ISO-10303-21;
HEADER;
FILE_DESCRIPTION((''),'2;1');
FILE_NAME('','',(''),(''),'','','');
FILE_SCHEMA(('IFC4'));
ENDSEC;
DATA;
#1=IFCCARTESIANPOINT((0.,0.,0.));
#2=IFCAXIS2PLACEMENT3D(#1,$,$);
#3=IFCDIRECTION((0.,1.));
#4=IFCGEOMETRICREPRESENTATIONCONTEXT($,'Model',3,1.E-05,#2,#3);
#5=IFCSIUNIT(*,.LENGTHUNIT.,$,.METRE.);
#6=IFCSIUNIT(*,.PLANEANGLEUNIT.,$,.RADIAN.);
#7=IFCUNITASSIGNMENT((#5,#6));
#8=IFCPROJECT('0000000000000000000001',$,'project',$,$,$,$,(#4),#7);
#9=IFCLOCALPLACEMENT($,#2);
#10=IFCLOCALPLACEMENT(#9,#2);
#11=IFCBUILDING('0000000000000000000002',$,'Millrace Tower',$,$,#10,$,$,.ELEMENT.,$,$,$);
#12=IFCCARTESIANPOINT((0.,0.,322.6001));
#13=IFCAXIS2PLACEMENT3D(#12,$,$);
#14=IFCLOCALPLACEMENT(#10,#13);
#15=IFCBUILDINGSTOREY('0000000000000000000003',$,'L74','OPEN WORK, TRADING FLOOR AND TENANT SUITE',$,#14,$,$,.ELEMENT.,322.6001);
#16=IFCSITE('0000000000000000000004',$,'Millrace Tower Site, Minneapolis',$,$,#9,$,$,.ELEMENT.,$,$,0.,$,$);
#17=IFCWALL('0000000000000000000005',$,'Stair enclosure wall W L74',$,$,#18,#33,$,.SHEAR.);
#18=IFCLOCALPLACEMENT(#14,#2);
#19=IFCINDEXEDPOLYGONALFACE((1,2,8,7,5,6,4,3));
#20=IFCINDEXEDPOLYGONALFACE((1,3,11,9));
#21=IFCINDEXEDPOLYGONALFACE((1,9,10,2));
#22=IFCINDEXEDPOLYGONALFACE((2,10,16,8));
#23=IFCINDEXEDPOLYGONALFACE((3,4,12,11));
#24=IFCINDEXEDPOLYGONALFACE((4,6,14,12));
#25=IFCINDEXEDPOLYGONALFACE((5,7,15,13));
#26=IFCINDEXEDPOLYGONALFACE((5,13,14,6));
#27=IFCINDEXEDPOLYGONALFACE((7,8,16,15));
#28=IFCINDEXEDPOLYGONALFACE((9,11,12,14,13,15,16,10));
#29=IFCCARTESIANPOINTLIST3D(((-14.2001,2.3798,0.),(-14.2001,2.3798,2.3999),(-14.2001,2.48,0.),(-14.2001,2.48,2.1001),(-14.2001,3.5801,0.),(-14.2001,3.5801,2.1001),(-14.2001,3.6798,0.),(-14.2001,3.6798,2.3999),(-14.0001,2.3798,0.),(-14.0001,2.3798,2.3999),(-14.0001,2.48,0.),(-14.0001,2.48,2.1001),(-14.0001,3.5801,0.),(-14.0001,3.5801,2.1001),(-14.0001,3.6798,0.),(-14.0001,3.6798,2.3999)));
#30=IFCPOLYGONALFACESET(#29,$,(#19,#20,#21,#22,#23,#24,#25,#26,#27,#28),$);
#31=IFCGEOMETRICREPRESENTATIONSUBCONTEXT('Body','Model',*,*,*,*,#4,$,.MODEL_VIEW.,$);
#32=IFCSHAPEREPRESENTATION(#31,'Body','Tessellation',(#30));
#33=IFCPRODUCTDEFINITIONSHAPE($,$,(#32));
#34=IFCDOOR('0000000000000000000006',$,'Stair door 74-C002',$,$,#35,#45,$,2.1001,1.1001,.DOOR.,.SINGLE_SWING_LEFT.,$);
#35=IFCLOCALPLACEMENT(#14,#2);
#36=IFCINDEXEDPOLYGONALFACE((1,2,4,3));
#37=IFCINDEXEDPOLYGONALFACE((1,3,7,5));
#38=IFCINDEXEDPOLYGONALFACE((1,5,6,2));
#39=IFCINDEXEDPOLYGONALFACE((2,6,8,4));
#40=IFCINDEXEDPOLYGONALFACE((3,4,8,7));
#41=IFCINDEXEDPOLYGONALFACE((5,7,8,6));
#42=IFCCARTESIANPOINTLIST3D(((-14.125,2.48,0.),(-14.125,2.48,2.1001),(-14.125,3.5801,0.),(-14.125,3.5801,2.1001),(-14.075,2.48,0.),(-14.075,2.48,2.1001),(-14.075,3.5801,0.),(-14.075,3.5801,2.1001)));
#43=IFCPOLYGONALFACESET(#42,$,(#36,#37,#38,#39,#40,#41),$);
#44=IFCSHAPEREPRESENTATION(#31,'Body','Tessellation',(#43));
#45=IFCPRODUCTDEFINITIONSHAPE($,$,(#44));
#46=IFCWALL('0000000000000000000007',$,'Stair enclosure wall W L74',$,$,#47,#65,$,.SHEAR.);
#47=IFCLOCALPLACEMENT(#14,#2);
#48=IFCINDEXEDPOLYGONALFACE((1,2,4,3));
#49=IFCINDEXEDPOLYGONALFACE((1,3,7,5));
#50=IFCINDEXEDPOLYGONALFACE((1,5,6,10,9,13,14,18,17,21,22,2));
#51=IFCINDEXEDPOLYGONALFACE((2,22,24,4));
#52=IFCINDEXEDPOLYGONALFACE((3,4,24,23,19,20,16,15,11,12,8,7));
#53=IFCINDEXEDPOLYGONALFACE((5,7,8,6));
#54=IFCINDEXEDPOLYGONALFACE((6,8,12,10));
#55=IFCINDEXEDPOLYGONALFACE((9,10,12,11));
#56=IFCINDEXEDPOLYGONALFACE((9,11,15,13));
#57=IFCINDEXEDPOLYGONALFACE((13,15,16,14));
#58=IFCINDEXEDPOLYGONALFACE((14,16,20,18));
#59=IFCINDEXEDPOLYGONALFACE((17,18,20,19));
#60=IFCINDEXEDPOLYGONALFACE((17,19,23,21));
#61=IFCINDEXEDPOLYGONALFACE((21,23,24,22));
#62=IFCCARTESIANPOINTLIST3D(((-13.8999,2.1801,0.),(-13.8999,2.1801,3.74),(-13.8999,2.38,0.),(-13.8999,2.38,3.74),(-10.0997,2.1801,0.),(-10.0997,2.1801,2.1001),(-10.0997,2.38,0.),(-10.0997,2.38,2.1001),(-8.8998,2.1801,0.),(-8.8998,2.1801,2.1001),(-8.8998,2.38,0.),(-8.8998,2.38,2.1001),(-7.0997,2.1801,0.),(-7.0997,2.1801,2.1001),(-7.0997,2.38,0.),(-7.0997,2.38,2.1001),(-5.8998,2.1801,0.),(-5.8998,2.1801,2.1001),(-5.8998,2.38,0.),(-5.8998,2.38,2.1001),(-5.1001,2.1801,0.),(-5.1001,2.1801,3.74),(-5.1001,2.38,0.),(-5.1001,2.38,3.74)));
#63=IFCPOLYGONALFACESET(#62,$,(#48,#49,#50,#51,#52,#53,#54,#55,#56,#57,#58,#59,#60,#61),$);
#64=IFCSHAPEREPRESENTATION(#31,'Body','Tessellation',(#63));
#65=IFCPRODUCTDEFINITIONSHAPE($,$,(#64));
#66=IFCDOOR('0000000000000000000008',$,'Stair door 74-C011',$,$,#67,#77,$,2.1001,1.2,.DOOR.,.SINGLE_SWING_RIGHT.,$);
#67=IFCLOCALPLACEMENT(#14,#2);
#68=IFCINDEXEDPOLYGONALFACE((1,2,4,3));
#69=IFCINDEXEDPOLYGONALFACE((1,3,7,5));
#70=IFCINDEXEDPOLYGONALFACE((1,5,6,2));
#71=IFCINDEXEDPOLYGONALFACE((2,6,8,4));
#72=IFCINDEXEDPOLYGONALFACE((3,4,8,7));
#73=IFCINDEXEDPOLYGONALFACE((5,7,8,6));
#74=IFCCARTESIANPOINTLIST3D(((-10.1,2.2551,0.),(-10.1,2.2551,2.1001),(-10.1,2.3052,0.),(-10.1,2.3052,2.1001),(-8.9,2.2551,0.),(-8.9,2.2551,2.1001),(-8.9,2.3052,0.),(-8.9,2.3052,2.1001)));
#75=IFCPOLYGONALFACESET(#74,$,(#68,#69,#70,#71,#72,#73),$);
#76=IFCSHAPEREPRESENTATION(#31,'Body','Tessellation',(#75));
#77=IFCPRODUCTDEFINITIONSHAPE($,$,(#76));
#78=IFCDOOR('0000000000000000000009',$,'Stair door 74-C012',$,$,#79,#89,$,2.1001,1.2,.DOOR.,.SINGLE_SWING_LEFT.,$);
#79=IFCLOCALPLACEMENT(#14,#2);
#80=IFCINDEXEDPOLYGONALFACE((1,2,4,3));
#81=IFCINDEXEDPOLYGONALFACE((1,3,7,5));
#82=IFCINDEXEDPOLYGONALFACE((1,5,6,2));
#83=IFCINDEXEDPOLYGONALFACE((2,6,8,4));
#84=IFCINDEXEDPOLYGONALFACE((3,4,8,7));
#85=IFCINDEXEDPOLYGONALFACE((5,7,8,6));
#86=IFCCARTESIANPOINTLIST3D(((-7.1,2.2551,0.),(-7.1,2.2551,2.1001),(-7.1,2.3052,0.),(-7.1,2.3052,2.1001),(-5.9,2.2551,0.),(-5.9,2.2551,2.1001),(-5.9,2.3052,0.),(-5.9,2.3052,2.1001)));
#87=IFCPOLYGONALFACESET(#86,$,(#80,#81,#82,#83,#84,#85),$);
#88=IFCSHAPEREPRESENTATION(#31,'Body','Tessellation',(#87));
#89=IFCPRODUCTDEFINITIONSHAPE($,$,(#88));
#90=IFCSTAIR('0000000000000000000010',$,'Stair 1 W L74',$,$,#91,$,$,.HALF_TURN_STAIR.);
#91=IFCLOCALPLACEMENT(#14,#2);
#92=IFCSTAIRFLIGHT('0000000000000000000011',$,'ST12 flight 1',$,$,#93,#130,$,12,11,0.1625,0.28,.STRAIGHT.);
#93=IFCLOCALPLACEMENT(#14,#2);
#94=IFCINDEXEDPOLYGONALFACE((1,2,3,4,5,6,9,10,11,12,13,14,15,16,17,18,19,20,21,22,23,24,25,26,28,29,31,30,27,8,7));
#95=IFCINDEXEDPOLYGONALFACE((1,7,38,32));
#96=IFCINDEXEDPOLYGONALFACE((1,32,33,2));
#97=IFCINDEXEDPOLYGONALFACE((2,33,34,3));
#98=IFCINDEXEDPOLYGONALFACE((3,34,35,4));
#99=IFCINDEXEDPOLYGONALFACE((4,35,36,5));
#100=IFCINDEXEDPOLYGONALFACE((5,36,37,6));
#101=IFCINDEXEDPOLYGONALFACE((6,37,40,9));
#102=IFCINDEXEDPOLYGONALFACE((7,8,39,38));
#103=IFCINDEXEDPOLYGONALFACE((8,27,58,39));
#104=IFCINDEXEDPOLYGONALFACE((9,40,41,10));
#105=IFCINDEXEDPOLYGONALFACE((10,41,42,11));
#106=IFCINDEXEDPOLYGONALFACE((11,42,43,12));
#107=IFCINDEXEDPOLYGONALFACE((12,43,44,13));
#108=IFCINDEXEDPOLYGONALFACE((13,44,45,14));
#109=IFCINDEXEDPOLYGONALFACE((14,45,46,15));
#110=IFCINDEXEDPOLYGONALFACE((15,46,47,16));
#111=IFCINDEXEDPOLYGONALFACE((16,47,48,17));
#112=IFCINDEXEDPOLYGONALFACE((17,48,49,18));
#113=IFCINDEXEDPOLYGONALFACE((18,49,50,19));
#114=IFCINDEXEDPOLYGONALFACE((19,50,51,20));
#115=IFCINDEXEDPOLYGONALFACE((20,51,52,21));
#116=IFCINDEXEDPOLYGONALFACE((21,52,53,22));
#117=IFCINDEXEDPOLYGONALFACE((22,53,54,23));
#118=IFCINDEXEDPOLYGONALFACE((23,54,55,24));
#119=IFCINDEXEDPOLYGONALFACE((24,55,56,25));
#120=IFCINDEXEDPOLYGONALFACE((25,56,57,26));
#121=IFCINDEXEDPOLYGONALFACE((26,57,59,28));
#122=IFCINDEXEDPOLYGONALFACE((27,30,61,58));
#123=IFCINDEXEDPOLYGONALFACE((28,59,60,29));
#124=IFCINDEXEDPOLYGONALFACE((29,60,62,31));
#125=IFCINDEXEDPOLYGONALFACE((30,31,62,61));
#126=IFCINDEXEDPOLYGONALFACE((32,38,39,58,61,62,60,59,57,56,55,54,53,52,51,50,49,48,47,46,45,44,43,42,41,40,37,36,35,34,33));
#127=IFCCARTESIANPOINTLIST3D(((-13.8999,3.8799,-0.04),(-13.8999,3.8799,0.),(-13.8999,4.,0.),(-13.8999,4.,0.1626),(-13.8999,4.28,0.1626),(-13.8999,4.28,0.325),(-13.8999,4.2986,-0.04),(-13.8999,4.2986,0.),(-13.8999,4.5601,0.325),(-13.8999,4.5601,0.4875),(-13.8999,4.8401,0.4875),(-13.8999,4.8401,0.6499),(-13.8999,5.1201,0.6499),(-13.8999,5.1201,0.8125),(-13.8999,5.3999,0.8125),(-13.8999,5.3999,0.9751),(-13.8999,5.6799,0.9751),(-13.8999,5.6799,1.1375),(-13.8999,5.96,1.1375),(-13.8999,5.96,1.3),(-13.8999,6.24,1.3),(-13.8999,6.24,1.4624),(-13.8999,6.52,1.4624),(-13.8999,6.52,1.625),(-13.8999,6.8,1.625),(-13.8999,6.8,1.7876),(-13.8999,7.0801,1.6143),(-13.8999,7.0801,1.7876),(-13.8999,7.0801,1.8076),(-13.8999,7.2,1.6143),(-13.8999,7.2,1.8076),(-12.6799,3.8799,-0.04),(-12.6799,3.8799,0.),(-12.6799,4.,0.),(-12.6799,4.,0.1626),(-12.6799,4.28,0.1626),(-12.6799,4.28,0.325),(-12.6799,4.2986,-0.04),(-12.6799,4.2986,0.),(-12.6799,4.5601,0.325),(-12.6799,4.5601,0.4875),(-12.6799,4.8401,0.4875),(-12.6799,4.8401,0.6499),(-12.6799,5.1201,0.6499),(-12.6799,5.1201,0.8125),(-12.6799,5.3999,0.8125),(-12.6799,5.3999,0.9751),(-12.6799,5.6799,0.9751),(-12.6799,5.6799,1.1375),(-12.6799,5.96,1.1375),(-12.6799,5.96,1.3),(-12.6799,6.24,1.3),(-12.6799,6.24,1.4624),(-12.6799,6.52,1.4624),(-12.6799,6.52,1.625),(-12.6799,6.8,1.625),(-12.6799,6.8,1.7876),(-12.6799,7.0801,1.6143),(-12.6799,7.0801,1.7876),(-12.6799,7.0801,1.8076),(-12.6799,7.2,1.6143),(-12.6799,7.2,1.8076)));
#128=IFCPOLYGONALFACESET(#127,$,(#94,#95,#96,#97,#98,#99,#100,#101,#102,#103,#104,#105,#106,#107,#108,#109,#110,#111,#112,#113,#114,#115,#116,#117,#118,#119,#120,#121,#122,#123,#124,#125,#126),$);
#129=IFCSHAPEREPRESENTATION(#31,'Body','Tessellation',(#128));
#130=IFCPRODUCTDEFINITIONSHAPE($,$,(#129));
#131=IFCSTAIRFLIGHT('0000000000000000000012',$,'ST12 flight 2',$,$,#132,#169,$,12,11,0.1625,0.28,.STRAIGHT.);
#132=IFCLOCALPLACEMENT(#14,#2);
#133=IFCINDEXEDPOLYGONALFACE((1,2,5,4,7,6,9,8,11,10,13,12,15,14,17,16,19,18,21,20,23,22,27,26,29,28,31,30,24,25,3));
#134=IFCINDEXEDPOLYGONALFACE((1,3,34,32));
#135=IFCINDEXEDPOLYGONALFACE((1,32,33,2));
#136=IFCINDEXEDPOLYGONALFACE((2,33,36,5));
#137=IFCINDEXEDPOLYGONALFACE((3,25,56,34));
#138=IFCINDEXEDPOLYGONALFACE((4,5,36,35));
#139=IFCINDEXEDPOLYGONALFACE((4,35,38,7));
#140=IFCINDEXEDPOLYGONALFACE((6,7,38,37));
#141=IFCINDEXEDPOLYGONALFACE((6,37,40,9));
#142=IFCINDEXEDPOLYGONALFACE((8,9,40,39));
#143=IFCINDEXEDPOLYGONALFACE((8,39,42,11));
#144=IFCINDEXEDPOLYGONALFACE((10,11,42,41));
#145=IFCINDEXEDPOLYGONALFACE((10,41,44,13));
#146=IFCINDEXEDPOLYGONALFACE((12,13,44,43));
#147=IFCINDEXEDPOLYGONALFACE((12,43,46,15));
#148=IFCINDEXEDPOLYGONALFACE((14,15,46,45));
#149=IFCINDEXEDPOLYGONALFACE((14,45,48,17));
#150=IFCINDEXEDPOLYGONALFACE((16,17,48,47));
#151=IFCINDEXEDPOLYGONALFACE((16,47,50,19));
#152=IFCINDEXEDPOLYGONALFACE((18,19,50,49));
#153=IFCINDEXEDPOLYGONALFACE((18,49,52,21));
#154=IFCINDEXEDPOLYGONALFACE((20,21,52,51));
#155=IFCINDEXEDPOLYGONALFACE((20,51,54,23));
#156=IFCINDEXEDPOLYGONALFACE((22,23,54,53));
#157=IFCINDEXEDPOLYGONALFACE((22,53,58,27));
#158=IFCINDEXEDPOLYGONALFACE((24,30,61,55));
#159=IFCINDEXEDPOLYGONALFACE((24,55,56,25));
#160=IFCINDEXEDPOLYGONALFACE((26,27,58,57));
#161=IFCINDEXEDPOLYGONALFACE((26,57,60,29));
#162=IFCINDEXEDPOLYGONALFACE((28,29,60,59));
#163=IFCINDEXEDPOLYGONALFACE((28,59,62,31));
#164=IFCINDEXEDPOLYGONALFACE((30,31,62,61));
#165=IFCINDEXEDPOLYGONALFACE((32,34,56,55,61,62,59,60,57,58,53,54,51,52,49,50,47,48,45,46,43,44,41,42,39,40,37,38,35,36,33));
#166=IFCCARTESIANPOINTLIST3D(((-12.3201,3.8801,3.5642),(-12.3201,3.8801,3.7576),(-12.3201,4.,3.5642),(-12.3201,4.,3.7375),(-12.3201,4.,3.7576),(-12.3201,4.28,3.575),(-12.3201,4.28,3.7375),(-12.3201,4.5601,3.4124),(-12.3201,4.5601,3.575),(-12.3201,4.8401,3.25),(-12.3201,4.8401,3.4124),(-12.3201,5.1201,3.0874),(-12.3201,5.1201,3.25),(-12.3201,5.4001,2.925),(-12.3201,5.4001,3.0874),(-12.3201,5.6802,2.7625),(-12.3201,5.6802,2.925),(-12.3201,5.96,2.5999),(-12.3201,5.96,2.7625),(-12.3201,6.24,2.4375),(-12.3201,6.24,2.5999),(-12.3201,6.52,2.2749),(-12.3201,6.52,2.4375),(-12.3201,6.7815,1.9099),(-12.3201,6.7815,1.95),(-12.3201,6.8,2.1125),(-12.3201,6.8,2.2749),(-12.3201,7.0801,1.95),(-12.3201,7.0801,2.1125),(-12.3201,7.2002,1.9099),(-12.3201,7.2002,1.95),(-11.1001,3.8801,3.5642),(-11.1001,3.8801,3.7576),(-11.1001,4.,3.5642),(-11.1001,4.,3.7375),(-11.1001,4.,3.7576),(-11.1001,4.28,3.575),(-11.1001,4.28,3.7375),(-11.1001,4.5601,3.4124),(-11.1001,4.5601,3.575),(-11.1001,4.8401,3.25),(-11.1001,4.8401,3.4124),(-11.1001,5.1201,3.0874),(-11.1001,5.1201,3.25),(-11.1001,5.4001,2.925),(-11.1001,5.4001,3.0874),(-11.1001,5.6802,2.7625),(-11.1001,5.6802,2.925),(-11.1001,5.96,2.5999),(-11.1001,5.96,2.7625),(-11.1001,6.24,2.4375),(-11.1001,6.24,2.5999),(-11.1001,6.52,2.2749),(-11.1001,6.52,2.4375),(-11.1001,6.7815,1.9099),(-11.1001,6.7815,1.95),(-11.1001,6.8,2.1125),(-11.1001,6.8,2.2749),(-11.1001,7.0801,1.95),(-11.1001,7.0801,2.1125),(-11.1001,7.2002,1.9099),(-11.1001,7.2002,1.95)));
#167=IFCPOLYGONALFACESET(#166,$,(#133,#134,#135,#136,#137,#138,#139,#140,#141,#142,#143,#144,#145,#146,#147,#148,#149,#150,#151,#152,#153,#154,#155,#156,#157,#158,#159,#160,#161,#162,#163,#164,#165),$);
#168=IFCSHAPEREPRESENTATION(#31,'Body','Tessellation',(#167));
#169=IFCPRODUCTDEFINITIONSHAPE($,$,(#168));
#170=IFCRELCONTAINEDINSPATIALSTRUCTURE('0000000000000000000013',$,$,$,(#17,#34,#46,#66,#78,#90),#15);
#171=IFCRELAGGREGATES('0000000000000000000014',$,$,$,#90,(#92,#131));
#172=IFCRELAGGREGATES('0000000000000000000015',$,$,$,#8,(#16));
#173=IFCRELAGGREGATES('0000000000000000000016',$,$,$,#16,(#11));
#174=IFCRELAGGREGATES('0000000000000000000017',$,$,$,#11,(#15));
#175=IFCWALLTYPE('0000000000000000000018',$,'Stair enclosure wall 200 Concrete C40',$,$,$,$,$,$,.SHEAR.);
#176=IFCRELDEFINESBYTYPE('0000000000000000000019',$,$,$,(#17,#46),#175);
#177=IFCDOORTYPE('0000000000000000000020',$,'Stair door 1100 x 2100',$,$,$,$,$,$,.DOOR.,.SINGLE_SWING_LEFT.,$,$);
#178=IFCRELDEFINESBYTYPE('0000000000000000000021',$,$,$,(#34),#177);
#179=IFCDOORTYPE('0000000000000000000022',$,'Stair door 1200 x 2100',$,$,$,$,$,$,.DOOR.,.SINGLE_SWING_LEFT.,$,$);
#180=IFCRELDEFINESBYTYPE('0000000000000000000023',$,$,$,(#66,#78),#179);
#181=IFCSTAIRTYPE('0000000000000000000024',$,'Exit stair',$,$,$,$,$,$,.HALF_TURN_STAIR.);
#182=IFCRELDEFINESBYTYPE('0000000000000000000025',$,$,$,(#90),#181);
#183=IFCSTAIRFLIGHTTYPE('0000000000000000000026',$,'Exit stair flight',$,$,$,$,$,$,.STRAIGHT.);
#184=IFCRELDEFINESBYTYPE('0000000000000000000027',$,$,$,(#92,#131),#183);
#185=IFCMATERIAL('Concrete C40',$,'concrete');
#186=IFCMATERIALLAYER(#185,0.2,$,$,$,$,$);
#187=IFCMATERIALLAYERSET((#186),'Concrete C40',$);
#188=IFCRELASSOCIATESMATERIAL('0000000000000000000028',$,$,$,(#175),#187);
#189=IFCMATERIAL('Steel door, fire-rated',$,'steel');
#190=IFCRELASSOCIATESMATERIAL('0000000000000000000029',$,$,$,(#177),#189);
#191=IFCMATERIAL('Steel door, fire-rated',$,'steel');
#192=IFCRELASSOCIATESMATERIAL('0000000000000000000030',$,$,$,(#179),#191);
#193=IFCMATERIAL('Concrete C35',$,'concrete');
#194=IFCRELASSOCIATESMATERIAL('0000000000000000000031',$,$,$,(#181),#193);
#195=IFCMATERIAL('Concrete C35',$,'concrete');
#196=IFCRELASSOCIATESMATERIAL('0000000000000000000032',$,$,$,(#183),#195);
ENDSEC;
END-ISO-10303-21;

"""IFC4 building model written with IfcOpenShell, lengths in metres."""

from ifc_helpers import new_model, si_unit, direction, frame, frame_2d, origin, place, context, subcontext, project, spatial, polyline, rectangle, outline, extrude, material, layer, layer_set, type_object, element, fill, aggregate, save


model = new_model("IFC4")

# Units and contexts
model_context = context("Model", 3, precision=1e-05, world=origin(), true_north=direction((0.0, 1.0)))
body_context = subcontext(model_context, "Body", "Model", "MODEL_VIEW")
ifc_project = project(units=[si_unit("LENGTHUNIT", "METRE"), si_unit("PLANEANGLEUNIT", "RADIAN")], contexts=[model_context])

# Site, building, storey
site_placement = place(None, origin())
site = spatial("IfcSite", under=ifc_project, at=site_placement, Name="Millrace Tower Site, Minneapolis", CompositionType="ELEMENT", RefElevation=0.0)
building_placement = place(site_placement, origin())
building = spatial("IfcBuilding", under=site, at=building_placement, Name="Millrace Tower", CompositionType="ELEMENT")
storey_placement = place(building_placement, frame((0.0, 0.0, 322.6001)))
storey = spatial("IfcBuildingStorey", under=building, at=storey_placement, Name="L74", Description="OPEN WORK, TRADING FLOOR AND TENANT SUITE", CompositionType="ELEMENT", Elevation=322.6001)

# Shared definitions
placement = place(storey_placement, origin())

# Wall, opening, door
ifc_material_1 = material(Name="Concrete C40", Category="concrete")
ifc_layer_1 = layer(ifc_material_1, 0.2)
ifc_layer_set_1 = layer_set([ifc_layer_1], Name="Concrete C40")
wall_type_1 = type_object("IfcWallType", Name="Stair enclosure wall 200 Concrete C40", PredefinedType="SHEAR", material=ifc_layer_set_1)
wall_1_placement = place(storey_placement, frame((-14.1001, 2.3799, 0.0), z_axis=(0.0, 0.0, 1.0), x_axis=(0.0, 1.0, 0.0)))
wall_1 = element("IfcWall", 1, at=wall_1_placement, inside=storey, type_object=wall_type_1, Name="Stair enclosure wall W L74", PredefinedType="SHEAR", context=body_context, shape_type="SweptSolid", body=[
    extrude(rectangle(XDim=1.3, YDim=0.2, at=frame_2d((0.6499, 0.0))), origin(), (0.0, 0.0, 1.0), 2.3999),
])
opening_1_placement = place(wall_1_placement, frame((0.1001, 0.0, 0.0)))
opening_1 = element("IfcOpeningElement", 2, at=opening_1_placement, cuts=wall_1, PredefinedType="OPENING", context=body_context, shape_type="SweptSolid", body=[
    extrude(rectangle(XDim=1.1001, YDim=2.1001, at=frame_2d((0.55, 1.05))), frame((0.0, 0.1099, 0.0), z_axis=(0.0, -1.0, 0.0), x_axis=(1.0, 0.0, 0.0)), (0.0, 0.0, 1.0), 0.22),
])
ifc_material_2 = material(Name="Steel door, fire-rated", Category="steel")
door_type_1 = type_object("IfcDoorType", Name="Stair door 1100 x 2100", OperationType="SINGLE_SWING_LEFT", PredefinedType="DOOR", material=ifc_material_2)
door_1_placement = place(opening_1_placement, origin())
door_1 = element("IfcDoor", 3, at=door_1_placement, inside=storey, type_object=door_type_1, Name="Stair door 74-C002", OperationType="SINGLE_SWING_LEFT", OverallHeight=2.1001, OverallWidth=1.1001, PredefinedType="DOOR", context=body_context, shape_type="SweptSolid", body=[
    extrude(rectangle(XDim=1.1001, YDim=2.1001, at=frame_2d((0.55, 1.05))), frame((0.0, 0.0249, 0.0), z_axis=(0.0, -1.0, 0.0), x_axis=(1.0, 0.0, 0.0)), (0.0, 0.0, 1.0), 0.05),
])
fill(opening_1, door_1)

# Wall, openings, doors
wall_2_placement = place(storey_placement, frame((-13.8999, 2.28, 0.0), z_axis=(0.0, 0.0, 1.0), x_axis=(1.0, 0.0, 0.0)))
wall_2 = element("IfcWall", 4, at=wall_2_placement, inside=storey, type_object=wall_type_1, Name="Stair enclosure wall W L74", PredefinedType="SHEAR", context=body_context, shape_type="SweptSolid", body=[
    extrude(rectangle(XDim=8.7998, YDim=0.2, at=frame_2d((4.3999, 0.0))), origin(), (0.0, 0.0, 1.0), 3.74),
])
opening_2_placement = place(wall_2_placement, frame((3.8, 0.0, 0.0)))
opening_2 = element("IfcOpeningElement", 5, at=opening_2_placement, cuts=wall_2, PredefinedType="OPENING", context=body_context, shape_type="SweptSolid", body=[
    extrude(rectangle(XDim=1.2, YDim=2.1001, at=frame_2d((0.6001, 1.05))), frame((0.0, 0.1099, 0.0), z_axis=(0.0, -1.0, 0.0), x_axis=(1.0, 0.0, 0.0)), (0.0, 0.0, 1.0), 0.22),
])
opening_3_placement = place(wall_2_placement, frame((6.8, 0.0, 0.0)))
opening_3 = element("IfcOpeningElement", 6, at=opening_3_placement, cuts=wall_2, PredefinedType="OPENING", context=body_context, shape_type="SweptSolid", body=[
    extrude(rectangle(XDim=1.2, YDim=2.1001, at=frame_2d((0.6001, 1.05))), frame((0.0, 0.1099, 0.0), z_axis=(0.0, -1.0, 0.0), x_axis=(1.0, 0.0, 0.0)), (0.0, 0.0, 1.0), 0.22),
])
ifc_material_3 = material(Name="Steel door, fire-rated", Category="steel")
door_type_2 = type_object("IfcDoorType", Name="Stair door 1200 x 2100", OperationType="SINGLE_SWING_LEFT", PredefinedType="DOOR", material=ifc_material_3)
door_2_placement = place(opening_2_placement, frame((1.2, 0.0, 0.0), z_axis=(0.0, 0.0, 1.0), x_axis=(-1.0, 0.0, 0.0)))
door_2 = element("IfcDoor", 7, at=door_2_placement, inside=storey, type_object=door_type_2, Name="Stair door 74-C011", OperationType="SINGLE_SWING_RIGHT", OverallHeight=2.1001, OverallWidth=1.2, PredefinedType="DOOR", context=body_context, shape_type="SweptSolid", body=[
    extrude(rectangle(XDim=1.2, YDim=2.1001, at=frame_2d((0.6001, 1.05))), frame((0.0, 0.0249, 0.0), z_axis=(0.0, -1.0, 0.0), x_axis=(1.0, 0.0, 0.0)), (0.0, 0.0, 1.0), 0.05),
])
fill(opening_2, door_2)
door_3_placement = place(opening_3_placement, frame((1.2, 0.0, 0.0), z_axis=(0.0, 0.0, 1.0), x_axis=(-1.0, 0.0, 0.0)))
door_3 = element("IfcDoor", 8, at=door_3_placement, inside=storey, type_object=door_type_2, Name="Stair door 74-C012", OperationType="SINGLE_SWING_LEFT", OverallHeight=2.1001, OverallWidth=1.2, PredefinedType="DOOR", context=body_context, shape_type="SweptSolid", body=[
    extrude(rectangle(XDim=1.2, YDim=2.1001, at=frame_2d((0.6001, 1.05))), frame((0.0, 0.0249, 0.0), z_axis=(0.0, -1.0, 0.0), x_axis=(1.0, 0.0, 0.0)), (0.0, 0.0, 1.0), 0.05),
])
fill(opening_3, door_3)

# Stair, stair flights
ifc_material_4 = material(Name="Concrete C35", Category="concrete")
stair_type = type_object("IfcStairType", Name="Exit stair", PredefinedType="HALF_TURN_STAIR", material=ifc_material_4)
stair = element("IfcStair", 9, at=placement, inside=storey, type_object=stair_type, Name="Stair 1 W L74", PredefinedType="HALF_TURN_STAIR")
ifc_material_5 = material(Name="Concrete C35", Category="concrete")
stair_flight_type = type_object("IfcStairFlightType", Name="Exit stair flight", PredefinedType="STRAIGHT", material=ifc_material_5)
stair_flight_1_placement = place(storey_placement, frame((-13.29, 4.0, 0.0), z_axis=(0.0, 0.0, 1.0), x_axis=(0.0, 1.0, 0.0)))
stair_flight_1 = element("IfcStairFlight", 10, at=stair_flight_1_placement, type_object=stair_flight_type, Name="ST12 flight 1", NumberOfRisers=12, NumberOfTreads=11, PredefinedType="STRAIGHT", RiserHeight=0.1625, TreadLength=0.28, context=body_context, shape_type="SweptSolid", body=[
    extrude(outline(polyline([(-0.1201, -0.04), (-0.1201, 0.0), (0.0, 0.0), (0.0, 0.1626), (0.28, 0.1626), (0.28, 0.325), (0.5601, 0.325), (0.5601, 0.4875), (0.8401, 0.4875), (0.8401, 0.6499), (1.1201, 0.6499), (1.1201, 0.8125), (1.3999, 0.8125), (1.3999, 0.9751), (1.6799, 0.9751), (1.6799, 1.1375), (1.96, 1.1375), (1.96, 1.3), (2.24, 1.3), (2.24, 1.4624), (2.52, 1.4624), (2.52, 1.625), (2.8, 1.625), (2.8, 1.7876), (3.0801, 1.7876), (3.0801, 1.8076), (3.2, 1.8076), (3.2, 1.6143), (3.0801, 1.6143), (0.2986, 0.0), (0.2986, -0.04), (-0.1201, -0.04)])), frame((0.0, 0.6099, 0.0), z_axis=(0.0, -1.0, 0.0), x_axis=(1.0, 0.0, 0.0)), (0.0, 0.0, 1.0), 1.22),
])
stair_flight_2_placement = place(storey_placement, frame((-11.71, 7.0801, 1.95), z_axis=(0.0, 0.0, 1.0), x_axis=(0.0, -1.0, 0.0)))
stair_flight_2 = element("IfcStairFlight", 11, at=stair_flight_2_placement, type_object=stair_flight_type, Name="ST12 flight 2", NumberOfRisers=12, NumberOfTreads=11, PredefinedType="STRAIGHT", RiserHeight=0.1625, TreadLength=0.28, context=body_context, shape_type="SweptSolid", body=[
    extrude(outline(polyline([(-0.1201, -0.04), (-0.1201, 0.0), (0.0, 0.0), (0.0, 0.1626), (0.28, 0.1626), (0.28, 0.325), (0.5601, 0.325), (0.5601, 0.4875), (0.8401, 0.4875), (0.8401, 0.6499), (1.1201, 0.6499), (1.1201, 0.8125), (1.3999, 0.8125), (1.3999, 0.9751), (1.6799, 0.9751), (1.6799, 1.1375), (1.96, 1.1375), (1.96, 1.3), (2.24, 1.3), (2.24, 1.4624), (2.52, 1.4624), (2.52, 1.625), (2.8, 1.625), (2.8, 1.7876), (3.0801, 1.7876), (3.0801, 1.8076), (3.2, 1.8076), (3.2, 1.6143), (3.0801, 1.6143), (0.2986, 0.0), (0.2986, -0.04), (-0.1201, -0.04)])), frame((0.0, 0.6099, 0.0), z_axis=(0.0, -1.0, 0.0), x_axis=(1.0, 0.0, 0.0)), (0.0, 0.0, 1.0), 1.22),
])
aggregate(stair, [stair_flight_1, stair_flight_2])

save(model, "model.ifc")
